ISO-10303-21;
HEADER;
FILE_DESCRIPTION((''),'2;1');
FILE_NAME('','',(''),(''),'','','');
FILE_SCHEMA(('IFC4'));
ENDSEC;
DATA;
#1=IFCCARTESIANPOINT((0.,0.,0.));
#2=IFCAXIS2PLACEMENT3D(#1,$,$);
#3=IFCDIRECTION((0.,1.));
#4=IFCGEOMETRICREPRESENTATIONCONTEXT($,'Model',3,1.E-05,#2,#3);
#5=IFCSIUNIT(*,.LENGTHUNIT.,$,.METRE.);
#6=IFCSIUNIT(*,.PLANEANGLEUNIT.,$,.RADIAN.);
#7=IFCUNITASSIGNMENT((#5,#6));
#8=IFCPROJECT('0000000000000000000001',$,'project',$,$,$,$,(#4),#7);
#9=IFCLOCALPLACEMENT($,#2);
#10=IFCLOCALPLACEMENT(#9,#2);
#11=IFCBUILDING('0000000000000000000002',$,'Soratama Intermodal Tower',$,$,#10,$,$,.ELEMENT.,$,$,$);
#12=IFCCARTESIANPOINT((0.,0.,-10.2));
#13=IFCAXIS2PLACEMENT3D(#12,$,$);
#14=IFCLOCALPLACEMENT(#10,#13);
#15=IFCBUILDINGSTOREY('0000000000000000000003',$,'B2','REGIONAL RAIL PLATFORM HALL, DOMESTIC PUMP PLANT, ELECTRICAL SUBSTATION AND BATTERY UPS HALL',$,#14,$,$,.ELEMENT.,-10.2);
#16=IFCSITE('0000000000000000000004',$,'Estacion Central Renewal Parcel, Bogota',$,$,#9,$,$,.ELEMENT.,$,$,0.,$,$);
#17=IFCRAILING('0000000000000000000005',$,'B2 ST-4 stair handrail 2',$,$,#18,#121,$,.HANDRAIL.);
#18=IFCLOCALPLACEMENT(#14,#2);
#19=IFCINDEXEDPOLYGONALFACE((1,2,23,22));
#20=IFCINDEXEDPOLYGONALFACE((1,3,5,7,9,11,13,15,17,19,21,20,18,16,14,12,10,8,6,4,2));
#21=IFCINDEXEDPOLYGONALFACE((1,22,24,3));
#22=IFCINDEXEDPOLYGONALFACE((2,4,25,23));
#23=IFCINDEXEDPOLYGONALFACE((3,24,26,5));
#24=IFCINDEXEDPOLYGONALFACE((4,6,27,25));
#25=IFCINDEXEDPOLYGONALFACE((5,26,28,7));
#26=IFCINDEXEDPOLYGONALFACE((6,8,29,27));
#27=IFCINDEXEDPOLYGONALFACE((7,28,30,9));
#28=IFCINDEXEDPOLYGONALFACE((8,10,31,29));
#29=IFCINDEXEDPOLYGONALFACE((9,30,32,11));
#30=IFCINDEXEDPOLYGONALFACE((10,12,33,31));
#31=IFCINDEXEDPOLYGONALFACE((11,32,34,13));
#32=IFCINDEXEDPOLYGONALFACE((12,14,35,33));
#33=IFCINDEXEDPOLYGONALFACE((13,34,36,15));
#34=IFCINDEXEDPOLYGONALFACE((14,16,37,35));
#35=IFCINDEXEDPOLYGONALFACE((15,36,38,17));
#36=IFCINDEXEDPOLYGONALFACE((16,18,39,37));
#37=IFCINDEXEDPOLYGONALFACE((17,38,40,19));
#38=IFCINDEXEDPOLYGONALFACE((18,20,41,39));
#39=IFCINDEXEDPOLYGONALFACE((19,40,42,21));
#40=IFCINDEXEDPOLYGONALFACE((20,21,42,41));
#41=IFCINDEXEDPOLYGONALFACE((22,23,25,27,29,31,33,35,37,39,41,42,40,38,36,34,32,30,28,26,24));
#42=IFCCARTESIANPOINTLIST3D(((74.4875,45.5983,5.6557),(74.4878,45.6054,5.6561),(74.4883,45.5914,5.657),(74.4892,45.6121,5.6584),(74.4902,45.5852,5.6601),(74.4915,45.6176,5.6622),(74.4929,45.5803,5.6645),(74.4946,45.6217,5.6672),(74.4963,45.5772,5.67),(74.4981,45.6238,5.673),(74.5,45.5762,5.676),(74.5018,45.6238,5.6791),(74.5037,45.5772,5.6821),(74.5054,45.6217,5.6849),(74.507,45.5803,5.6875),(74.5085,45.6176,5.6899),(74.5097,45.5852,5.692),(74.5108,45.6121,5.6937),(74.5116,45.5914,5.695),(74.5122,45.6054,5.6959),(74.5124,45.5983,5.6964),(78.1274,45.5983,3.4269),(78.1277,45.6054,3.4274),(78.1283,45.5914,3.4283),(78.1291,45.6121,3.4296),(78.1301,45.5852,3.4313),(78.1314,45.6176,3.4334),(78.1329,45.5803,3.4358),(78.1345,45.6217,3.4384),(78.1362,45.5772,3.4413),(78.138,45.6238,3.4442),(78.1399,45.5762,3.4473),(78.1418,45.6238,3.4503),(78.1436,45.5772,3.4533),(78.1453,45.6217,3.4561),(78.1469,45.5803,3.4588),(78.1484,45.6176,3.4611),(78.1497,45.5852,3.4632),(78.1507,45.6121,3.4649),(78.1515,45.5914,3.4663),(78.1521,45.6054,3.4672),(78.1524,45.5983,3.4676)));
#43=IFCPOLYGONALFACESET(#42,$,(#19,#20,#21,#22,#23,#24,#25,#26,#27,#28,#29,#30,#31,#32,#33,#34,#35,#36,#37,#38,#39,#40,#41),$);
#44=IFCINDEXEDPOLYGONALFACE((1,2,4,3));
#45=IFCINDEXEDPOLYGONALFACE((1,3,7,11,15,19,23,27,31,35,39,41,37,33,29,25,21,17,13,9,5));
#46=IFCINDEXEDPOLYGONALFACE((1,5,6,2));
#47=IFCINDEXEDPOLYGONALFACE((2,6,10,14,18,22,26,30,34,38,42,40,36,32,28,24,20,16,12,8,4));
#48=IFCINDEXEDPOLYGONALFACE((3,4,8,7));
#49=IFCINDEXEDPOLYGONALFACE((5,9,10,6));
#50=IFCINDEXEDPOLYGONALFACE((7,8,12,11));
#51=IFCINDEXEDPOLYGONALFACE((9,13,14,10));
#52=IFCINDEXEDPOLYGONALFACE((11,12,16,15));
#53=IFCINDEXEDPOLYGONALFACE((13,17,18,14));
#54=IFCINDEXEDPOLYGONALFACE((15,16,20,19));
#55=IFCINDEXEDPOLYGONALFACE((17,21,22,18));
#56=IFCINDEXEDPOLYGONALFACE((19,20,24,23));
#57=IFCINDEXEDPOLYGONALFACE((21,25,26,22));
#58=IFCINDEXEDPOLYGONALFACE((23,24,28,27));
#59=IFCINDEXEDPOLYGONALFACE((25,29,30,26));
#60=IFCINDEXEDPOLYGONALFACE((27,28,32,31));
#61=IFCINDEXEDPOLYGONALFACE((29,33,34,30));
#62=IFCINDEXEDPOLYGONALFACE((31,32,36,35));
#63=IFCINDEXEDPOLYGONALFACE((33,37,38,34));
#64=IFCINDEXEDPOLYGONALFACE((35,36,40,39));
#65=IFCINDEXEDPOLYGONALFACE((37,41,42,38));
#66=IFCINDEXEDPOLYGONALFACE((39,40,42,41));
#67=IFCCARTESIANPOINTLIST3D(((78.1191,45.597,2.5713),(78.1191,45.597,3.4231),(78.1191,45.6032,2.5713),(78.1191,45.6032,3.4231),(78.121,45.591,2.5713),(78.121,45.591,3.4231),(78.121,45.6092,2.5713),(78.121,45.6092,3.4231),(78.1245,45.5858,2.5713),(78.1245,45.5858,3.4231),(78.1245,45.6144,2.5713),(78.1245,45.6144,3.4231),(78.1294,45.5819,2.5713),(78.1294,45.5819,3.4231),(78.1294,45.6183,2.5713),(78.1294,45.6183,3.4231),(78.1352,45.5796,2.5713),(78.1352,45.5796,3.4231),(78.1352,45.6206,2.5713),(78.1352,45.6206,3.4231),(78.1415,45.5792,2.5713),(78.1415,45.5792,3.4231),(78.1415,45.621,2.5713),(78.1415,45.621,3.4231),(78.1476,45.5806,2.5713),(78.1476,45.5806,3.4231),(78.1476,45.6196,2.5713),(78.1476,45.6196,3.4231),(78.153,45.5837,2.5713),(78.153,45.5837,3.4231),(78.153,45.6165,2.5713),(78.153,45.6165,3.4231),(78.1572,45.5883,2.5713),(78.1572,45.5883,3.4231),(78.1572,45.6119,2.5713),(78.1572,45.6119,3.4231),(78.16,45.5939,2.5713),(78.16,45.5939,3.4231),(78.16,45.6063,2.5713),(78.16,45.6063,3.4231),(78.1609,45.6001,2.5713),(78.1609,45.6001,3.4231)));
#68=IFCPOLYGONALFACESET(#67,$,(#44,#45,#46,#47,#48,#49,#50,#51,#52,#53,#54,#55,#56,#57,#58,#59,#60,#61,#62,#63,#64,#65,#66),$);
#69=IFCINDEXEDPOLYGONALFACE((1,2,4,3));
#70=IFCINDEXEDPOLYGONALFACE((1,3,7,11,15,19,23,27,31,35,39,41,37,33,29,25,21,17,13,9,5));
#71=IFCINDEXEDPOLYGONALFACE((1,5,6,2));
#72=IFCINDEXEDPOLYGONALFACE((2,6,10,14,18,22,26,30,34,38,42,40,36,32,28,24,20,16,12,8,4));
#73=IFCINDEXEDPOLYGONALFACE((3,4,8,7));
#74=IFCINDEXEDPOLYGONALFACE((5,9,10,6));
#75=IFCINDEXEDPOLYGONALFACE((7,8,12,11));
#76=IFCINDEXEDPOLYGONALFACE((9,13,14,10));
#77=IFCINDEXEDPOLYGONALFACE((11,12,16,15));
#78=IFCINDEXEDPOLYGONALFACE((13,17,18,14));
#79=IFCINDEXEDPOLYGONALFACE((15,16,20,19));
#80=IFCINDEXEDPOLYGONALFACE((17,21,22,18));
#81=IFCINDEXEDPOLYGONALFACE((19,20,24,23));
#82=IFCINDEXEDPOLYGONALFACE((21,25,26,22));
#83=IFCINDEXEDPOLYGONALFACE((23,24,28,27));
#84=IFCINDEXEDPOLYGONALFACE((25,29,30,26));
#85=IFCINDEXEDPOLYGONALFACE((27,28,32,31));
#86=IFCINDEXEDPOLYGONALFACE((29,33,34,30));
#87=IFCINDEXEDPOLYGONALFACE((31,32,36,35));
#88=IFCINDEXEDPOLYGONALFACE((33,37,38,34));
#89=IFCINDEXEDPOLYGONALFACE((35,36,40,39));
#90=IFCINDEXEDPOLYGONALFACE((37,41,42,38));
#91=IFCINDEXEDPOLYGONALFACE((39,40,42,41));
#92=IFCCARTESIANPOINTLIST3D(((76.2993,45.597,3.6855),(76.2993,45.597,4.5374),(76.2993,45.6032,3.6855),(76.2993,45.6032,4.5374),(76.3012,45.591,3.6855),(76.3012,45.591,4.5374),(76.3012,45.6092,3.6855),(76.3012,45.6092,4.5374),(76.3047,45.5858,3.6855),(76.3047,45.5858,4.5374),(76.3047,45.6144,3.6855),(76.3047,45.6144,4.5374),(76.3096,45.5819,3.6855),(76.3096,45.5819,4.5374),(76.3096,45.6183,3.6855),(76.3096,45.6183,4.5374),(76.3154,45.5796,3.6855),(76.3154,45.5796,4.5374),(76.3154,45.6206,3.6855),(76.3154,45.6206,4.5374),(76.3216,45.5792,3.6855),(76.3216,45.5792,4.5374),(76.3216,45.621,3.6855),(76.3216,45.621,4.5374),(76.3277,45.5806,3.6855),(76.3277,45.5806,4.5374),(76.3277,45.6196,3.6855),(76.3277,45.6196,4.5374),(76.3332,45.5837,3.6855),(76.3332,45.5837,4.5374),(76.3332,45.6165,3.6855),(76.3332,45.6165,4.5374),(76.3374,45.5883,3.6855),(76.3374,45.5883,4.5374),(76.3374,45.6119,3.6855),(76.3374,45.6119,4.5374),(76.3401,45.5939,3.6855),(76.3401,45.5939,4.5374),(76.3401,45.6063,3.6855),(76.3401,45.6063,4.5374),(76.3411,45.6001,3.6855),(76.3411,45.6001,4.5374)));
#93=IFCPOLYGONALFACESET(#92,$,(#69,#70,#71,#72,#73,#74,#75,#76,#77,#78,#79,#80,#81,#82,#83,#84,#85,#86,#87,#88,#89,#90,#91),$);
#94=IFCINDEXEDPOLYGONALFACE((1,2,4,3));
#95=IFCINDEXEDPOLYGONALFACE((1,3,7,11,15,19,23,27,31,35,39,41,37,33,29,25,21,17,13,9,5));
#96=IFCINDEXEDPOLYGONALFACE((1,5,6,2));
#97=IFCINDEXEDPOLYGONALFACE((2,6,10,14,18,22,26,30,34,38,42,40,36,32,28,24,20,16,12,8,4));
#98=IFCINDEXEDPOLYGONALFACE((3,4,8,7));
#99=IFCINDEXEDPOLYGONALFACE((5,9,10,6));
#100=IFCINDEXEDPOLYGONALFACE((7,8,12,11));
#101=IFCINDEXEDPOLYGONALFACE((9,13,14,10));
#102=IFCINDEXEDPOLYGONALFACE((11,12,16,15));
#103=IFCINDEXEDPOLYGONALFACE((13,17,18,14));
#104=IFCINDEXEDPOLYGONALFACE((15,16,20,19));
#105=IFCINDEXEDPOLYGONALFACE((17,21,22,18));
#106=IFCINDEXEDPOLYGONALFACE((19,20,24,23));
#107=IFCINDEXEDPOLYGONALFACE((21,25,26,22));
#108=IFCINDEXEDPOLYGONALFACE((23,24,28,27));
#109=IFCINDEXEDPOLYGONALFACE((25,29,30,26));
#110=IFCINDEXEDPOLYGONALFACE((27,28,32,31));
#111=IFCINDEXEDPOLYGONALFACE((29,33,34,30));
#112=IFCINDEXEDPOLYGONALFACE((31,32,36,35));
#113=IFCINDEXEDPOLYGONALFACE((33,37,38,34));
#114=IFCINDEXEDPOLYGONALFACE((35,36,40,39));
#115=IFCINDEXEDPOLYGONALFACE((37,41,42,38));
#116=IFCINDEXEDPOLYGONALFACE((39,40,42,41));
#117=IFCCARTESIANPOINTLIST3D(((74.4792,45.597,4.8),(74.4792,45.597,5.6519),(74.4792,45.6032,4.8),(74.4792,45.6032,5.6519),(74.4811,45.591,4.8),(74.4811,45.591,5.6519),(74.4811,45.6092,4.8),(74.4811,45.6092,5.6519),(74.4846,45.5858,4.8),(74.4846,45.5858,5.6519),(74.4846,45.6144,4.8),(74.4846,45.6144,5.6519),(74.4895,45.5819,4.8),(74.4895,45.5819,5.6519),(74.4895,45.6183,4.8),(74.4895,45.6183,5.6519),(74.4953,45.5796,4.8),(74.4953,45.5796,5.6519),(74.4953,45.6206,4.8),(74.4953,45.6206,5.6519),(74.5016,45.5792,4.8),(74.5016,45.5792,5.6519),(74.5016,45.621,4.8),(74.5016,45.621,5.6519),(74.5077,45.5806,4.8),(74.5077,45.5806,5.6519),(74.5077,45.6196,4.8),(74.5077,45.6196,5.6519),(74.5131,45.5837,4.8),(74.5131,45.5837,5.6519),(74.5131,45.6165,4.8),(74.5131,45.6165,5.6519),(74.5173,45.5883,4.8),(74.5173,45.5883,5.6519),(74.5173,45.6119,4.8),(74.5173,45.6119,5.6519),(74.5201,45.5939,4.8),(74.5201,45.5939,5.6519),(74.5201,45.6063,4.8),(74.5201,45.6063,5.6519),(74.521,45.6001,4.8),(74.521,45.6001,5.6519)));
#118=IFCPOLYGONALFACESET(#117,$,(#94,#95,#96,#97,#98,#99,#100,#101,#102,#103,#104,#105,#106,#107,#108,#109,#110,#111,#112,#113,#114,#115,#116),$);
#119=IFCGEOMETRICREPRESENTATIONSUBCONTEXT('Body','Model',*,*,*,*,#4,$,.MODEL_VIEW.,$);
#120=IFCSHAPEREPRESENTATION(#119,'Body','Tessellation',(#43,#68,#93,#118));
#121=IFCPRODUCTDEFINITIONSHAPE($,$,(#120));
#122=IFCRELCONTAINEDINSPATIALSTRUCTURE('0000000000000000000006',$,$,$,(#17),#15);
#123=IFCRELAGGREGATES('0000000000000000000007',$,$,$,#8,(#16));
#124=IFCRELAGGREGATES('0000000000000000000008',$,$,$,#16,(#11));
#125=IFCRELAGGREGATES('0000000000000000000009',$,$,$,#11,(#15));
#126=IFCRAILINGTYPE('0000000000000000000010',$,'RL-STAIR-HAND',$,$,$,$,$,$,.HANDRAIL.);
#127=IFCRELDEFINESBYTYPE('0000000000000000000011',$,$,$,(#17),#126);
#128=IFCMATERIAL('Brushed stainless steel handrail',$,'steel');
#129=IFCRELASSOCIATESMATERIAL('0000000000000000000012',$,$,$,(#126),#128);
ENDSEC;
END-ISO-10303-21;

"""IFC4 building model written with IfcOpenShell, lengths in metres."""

from ifc_helpers import new_model, si_unit, direction, frame, origin, origin_2d, place, context, subcontext, project, spatial, circle, extrude, material, type_object, element, save


model = new_model("IFC4")

# Units and contexts
model_context = context("Model", 3, precision=1e-05, world=origin(), true_north=direction((0.0, 1.0)))
body_context = subcontext(model_context, "Body", "Model", "MODEL_VIEW")
ifc_project = project(units=[si_unit("LENGTHUNIT", "METRE"), si_unit("PLANEANGLEUNIT", "RADIAN")], contexts=[model_context])

# Site, building, storey
site_placement = place(None, origin())
site = spatial("IfcSite", under=ifc_project, at=site_placement, Name="Estacion Central Renewal Parcel, Bogota", CompositionType="ELEMENT", RefElevation=0.0)
building_placement = place(site_placement, origin())
building = spatial("IfcBuilding", under=site, at=building_placement, Name="Soratama Intermodal Tower", CompositionType="ELEMENT")
storey_placement = place(building_placement, frame((0.0, 0.0, -10.2)))
storey = spatial("IfcBuildingStorey", under=building, at=storey_placement, Name="B2", Description="REGIONAL RAIL PLATFORM HALL, DOMESTIC PUMP PLANT, ELECTRICAL SUBSTATION AND BATTERY UPS HALL", CompositionType="ELEMENT", Elevation=-10.2)

# Railing
ifc_material_1 = material(Name="Brushed stainless steel handrail", Category="steel")
railing_type_1 = type_object("IfcRailingType", Name="RL-STAIR-HAND", PredefinedType="HANDRAIL", material=ifc_material_1)
railing_1_placement = place(storey_placement, frame((78.1399, 45.6001, 2.5713)))
element("IfcRailing", 1, at=railing_1_placement, inside=storey, type_object=railing_type_1, Name="B2 ST-4 stair handrail 2", PredefinedType="HANDRAIL", context=body_context, shape_type="SweptSolid", body=[
    extrude(circle(Radius=0.0239, at=origin_2d()), frame((0.0, 0.0, 0.876), z_axis=(-0.852825, 0.0, 0.522197), x_axis=(0.0, -1.0, 0.0)), (0.0, 0.0, 1.0), 4.2681),
    extrude(circle(Radius=0.021, at=origin_2d()), origin(), (0.0, 0.0, 1.0), 0.8518),
    extrude(circle(Radius=0.021, at=origin_2d()), frame((-1.8198, 0.0, 1.1143)), (0.0, 0.0, 1.0), 0.8518),
    extrude(circle(Radius=0.021, at=origin_2d()), frame((-3.6399, 0.0, 2.2288)), (0.0, 0.0, 1.0), 0.8518),
])

save(model, "model.ifc")
